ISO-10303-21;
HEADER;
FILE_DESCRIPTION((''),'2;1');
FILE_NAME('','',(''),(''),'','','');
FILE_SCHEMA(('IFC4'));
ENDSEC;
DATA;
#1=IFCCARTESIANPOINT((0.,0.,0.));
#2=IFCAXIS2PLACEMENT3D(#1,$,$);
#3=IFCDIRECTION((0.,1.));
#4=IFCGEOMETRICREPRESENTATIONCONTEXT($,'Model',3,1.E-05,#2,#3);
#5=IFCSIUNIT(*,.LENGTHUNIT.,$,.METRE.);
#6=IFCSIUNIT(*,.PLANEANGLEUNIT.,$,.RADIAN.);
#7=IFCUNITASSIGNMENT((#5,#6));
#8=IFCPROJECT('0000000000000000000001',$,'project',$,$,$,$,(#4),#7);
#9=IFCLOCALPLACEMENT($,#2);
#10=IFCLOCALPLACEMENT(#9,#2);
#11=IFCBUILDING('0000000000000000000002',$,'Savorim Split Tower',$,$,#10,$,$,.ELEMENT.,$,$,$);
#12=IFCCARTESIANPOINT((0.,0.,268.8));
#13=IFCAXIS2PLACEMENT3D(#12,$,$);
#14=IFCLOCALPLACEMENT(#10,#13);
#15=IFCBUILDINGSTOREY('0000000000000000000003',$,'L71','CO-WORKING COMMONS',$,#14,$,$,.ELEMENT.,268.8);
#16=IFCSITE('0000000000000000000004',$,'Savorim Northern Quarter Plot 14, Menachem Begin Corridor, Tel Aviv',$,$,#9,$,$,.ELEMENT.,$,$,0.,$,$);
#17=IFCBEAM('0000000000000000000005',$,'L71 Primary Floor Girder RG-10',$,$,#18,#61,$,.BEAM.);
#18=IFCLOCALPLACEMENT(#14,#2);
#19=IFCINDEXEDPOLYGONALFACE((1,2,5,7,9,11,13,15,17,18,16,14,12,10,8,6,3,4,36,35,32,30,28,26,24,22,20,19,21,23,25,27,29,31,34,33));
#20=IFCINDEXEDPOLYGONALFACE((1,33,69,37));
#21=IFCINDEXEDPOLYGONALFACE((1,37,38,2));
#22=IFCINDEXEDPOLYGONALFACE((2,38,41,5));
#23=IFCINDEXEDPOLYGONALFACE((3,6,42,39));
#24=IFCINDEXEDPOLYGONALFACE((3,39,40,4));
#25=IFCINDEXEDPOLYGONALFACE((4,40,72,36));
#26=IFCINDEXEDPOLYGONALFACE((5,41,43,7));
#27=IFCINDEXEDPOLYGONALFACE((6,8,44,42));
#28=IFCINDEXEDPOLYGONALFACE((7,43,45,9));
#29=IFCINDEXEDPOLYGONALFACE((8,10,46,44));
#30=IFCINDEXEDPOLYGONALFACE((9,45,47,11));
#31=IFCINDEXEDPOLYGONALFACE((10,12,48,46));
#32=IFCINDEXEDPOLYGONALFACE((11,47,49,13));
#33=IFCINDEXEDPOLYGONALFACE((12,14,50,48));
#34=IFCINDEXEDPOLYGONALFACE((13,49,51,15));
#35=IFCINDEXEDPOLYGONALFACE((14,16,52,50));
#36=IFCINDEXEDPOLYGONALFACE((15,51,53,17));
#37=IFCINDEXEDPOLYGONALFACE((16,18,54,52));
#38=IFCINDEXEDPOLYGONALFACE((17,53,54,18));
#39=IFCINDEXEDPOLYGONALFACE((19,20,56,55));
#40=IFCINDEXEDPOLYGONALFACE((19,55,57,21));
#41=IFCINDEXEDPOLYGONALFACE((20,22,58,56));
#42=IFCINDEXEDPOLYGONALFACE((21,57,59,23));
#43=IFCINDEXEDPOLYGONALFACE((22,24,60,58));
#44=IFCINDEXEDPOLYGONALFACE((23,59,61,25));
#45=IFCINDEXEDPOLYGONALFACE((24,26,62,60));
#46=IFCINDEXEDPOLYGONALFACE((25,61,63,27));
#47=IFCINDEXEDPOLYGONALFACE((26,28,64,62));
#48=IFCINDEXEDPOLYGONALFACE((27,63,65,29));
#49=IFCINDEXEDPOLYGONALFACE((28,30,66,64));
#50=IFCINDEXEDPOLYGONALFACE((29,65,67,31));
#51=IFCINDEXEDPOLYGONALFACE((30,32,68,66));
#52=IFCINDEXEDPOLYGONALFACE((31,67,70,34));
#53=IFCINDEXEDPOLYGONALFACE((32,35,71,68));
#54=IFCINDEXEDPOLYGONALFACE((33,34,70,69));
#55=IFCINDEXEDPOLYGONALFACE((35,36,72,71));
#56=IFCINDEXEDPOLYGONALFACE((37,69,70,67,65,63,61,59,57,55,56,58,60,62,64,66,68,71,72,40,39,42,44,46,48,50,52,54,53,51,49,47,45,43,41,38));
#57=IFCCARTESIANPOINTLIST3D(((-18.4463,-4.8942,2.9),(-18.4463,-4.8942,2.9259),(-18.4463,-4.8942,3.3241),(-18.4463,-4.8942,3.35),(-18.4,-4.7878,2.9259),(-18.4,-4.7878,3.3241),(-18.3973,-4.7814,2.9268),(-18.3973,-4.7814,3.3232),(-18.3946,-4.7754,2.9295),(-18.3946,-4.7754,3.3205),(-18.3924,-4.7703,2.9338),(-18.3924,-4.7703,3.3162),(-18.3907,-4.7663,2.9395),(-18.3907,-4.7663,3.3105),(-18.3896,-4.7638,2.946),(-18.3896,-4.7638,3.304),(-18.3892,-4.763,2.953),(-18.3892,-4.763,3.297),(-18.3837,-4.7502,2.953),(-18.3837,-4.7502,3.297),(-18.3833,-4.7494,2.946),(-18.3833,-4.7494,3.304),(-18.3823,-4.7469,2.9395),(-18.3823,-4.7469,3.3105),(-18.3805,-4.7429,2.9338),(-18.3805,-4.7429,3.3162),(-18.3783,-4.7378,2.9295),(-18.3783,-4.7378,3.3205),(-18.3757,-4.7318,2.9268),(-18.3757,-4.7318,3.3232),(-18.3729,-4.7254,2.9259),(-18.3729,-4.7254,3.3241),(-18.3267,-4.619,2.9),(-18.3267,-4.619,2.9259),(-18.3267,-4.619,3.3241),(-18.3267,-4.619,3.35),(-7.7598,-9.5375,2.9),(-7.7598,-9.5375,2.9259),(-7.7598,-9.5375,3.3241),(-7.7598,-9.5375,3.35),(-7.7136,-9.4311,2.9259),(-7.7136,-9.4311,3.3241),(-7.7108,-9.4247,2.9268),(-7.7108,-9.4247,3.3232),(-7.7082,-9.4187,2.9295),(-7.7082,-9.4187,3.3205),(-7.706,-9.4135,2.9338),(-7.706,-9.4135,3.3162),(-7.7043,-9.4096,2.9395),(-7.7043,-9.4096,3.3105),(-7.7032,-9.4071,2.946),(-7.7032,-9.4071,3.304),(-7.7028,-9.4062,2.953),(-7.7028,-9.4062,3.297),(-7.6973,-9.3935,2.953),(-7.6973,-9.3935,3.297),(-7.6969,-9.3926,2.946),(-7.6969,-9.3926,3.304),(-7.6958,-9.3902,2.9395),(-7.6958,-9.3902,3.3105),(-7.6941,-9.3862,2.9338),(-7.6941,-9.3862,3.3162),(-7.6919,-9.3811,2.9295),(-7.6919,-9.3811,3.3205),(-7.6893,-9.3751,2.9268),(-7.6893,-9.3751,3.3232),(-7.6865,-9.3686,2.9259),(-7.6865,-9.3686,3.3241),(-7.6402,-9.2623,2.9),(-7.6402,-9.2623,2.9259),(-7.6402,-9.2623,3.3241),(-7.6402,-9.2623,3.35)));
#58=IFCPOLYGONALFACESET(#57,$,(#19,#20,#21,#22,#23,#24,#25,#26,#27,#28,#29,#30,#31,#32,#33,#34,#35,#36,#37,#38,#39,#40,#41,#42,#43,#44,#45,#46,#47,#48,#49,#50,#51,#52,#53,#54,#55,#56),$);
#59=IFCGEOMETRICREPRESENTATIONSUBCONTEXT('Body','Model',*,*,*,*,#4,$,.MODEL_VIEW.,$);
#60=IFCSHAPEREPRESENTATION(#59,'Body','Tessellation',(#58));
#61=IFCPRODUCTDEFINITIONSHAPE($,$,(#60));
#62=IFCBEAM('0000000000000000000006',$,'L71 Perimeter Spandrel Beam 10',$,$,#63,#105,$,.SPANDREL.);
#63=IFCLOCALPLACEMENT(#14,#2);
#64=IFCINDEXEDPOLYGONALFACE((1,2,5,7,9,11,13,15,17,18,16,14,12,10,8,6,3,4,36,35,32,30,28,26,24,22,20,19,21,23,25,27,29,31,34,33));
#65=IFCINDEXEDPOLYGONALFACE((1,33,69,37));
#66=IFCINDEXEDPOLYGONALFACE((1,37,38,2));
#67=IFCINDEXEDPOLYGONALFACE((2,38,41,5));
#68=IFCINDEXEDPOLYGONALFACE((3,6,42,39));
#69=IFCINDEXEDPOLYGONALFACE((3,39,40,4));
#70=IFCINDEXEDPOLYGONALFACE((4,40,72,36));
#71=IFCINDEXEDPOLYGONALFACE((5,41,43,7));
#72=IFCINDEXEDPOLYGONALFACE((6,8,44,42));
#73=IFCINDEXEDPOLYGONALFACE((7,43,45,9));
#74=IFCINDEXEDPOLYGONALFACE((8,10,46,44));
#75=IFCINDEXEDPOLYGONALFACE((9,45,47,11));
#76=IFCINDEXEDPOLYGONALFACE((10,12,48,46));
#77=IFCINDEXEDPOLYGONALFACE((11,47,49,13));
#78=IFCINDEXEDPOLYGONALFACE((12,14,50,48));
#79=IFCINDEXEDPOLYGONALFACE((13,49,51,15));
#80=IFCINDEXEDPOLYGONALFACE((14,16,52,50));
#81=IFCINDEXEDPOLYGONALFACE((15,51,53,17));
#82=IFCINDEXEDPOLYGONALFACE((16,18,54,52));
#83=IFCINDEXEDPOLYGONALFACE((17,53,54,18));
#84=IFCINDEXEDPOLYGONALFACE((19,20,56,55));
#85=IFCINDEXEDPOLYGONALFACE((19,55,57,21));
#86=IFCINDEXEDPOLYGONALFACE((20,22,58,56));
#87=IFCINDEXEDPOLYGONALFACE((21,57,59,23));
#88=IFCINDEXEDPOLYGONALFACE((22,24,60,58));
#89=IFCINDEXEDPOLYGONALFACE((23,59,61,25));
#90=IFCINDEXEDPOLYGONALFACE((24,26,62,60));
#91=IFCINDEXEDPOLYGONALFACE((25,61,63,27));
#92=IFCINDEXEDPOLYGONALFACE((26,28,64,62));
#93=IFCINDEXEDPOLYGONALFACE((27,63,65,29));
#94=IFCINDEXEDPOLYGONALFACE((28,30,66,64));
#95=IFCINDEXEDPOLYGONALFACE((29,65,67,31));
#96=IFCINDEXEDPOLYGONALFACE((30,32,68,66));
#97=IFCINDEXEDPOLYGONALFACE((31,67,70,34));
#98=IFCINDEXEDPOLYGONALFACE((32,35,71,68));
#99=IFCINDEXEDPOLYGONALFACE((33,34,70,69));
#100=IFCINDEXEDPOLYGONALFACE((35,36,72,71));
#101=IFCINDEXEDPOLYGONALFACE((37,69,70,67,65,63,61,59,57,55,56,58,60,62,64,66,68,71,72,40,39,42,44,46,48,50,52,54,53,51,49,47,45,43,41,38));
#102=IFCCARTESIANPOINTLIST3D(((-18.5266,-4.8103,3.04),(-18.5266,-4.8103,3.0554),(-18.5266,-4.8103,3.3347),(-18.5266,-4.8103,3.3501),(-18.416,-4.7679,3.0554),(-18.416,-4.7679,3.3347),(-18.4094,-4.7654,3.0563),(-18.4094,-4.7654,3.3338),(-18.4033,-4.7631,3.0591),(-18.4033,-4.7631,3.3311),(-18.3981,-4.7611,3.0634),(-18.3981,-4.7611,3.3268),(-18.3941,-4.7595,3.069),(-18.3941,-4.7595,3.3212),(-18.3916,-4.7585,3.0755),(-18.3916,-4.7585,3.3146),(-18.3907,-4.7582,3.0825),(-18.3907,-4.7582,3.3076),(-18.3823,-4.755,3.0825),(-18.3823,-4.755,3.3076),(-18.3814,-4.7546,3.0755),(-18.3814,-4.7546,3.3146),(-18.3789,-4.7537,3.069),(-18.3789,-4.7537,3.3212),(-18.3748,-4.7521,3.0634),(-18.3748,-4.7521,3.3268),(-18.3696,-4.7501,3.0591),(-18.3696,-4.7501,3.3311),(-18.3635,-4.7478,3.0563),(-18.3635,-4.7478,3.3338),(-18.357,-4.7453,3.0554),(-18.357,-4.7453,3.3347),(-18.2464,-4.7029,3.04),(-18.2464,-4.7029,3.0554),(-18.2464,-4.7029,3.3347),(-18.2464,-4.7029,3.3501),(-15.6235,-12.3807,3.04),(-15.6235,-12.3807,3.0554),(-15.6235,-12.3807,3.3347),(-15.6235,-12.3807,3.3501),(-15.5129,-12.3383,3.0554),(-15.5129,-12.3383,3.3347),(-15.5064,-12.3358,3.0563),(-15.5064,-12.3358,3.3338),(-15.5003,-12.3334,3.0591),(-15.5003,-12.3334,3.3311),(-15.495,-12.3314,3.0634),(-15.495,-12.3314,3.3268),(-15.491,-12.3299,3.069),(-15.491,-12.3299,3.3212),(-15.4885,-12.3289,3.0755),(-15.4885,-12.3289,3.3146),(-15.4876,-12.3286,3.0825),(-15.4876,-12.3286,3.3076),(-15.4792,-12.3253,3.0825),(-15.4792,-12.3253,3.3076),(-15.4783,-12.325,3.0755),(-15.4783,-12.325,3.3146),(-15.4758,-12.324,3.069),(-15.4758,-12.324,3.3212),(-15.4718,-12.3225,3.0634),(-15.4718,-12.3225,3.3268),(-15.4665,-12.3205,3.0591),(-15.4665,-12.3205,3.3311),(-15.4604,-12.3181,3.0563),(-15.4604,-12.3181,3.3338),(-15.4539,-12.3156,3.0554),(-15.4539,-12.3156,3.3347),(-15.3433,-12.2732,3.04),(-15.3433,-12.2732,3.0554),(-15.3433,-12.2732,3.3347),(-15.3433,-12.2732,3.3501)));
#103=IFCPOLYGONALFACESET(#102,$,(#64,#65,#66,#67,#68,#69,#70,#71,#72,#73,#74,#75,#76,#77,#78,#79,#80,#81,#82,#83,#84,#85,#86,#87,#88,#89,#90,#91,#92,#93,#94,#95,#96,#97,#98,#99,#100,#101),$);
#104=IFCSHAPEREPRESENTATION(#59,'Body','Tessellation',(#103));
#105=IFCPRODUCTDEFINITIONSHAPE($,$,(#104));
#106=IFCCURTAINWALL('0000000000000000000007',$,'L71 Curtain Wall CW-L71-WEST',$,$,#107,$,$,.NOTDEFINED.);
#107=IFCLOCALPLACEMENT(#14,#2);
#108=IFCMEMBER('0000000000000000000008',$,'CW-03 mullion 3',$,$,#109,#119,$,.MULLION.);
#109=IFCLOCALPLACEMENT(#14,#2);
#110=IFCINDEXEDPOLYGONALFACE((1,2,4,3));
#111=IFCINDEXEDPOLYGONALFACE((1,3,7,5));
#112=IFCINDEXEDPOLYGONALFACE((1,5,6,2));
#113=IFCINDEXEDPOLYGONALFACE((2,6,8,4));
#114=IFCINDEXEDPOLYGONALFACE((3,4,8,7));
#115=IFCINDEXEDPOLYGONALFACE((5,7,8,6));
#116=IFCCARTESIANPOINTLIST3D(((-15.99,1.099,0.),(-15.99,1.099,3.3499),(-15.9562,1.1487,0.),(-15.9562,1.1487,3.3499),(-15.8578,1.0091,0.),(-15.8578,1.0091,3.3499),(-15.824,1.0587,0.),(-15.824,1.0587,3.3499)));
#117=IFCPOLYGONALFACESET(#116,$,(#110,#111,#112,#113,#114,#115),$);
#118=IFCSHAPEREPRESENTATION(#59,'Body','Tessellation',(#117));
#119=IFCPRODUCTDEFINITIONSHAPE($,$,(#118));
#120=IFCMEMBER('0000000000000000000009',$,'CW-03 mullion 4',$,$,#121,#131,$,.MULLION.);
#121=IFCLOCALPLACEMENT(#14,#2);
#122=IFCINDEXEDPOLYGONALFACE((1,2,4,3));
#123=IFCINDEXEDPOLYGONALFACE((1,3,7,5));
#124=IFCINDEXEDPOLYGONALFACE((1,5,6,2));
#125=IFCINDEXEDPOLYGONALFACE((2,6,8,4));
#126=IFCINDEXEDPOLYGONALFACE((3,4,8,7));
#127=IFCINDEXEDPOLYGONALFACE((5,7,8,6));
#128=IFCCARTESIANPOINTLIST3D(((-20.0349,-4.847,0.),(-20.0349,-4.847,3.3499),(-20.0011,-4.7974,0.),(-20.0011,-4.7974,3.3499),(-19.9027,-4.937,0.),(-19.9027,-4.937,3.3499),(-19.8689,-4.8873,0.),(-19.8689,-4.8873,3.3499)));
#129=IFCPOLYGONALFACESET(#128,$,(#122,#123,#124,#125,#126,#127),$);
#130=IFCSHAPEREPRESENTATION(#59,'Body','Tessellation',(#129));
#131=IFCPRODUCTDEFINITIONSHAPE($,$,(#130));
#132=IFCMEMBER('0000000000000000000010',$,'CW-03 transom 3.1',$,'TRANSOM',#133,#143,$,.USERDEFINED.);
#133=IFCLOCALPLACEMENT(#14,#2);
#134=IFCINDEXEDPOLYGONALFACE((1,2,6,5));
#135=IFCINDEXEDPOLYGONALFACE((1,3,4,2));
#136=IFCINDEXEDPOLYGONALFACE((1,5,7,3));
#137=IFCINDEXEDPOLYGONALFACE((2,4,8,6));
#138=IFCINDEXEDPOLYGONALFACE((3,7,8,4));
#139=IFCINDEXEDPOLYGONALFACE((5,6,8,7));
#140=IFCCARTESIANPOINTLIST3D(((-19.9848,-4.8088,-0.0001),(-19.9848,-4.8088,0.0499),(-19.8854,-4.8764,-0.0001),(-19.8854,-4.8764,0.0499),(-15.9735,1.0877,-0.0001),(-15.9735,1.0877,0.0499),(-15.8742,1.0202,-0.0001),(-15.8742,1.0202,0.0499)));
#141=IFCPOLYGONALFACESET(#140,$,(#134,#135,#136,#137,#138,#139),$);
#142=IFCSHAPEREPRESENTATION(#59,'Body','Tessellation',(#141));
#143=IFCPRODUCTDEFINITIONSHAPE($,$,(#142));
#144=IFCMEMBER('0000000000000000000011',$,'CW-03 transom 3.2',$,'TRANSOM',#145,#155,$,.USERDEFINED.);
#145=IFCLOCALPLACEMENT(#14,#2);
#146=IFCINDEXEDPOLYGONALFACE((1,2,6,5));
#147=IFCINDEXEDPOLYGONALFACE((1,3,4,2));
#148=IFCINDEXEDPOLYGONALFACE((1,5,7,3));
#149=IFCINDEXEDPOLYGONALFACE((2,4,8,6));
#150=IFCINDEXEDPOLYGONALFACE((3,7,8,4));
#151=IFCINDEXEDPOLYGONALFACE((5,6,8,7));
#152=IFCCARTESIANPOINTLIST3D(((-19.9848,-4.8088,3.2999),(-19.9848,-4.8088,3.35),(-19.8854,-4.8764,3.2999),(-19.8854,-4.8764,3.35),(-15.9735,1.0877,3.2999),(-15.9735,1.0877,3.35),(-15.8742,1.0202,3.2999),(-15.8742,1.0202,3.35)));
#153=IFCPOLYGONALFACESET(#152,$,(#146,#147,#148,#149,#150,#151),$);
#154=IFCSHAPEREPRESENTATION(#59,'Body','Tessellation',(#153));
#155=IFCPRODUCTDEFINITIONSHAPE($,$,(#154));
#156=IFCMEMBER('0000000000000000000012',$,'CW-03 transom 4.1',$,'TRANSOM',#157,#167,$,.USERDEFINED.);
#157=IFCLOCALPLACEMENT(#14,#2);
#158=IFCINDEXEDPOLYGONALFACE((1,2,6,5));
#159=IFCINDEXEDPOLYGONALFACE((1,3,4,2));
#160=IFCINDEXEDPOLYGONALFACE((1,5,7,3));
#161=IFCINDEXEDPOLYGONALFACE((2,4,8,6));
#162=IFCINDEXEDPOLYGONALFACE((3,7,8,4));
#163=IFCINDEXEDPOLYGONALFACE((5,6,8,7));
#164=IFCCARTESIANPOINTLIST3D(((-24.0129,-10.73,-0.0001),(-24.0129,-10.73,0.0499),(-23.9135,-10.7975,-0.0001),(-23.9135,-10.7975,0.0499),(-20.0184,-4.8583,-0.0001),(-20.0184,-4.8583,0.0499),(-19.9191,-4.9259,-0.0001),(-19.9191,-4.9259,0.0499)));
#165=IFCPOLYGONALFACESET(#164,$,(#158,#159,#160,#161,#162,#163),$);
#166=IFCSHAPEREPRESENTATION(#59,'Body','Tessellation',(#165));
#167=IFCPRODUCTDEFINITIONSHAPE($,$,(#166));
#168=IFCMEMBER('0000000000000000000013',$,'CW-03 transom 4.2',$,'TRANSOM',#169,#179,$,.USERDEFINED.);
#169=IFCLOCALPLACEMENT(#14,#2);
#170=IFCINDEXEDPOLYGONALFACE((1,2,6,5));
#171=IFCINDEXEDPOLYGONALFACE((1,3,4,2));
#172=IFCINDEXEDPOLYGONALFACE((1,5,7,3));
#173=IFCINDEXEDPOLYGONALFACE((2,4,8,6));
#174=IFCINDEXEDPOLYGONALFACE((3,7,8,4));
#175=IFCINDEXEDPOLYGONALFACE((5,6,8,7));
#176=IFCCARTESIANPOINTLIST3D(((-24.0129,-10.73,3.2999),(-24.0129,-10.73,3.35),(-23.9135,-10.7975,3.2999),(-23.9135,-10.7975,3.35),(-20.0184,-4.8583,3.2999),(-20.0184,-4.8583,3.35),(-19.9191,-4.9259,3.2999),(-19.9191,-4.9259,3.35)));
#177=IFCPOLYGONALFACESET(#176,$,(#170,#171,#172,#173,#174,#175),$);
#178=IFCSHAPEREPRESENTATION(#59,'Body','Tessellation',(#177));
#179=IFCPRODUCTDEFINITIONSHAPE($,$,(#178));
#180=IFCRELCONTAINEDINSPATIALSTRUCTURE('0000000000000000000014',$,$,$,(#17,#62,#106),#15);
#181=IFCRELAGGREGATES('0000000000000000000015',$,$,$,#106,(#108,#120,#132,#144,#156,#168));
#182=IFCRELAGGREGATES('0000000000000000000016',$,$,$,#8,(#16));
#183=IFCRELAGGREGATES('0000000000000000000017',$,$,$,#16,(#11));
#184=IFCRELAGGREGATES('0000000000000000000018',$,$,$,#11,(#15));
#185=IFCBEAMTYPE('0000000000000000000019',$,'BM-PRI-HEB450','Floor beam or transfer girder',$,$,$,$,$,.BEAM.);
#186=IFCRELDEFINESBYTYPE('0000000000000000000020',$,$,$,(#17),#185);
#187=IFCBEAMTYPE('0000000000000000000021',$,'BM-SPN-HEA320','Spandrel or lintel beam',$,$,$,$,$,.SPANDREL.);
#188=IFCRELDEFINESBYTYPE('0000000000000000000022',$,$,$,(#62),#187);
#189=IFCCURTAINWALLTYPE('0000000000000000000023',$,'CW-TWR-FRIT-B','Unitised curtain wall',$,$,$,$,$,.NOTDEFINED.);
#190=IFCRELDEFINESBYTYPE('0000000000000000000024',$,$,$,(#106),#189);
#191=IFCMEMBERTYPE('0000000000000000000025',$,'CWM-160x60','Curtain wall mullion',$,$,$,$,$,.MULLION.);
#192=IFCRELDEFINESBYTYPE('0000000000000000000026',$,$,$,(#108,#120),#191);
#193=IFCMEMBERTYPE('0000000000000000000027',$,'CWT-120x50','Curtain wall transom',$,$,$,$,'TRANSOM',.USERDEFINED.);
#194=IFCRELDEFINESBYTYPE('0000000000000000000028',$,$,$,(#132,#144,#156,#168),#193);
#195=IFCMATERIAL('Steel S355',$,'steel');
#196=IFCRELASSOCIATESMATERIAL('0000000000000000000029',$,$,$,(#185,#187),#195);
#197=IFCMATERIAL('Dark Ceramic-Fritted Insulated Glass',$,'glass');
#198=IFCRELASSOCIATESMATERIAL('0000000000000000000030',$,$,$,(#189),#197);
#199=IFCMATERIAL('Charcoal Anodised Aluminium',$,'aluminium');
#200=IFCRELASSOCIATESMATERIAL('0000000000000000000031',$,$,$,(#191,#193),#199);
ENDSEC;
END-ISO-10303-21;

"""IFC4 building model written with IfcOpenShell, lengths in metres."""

from ifc_helpers import new_model, si_unit, direction, frame, origin, origin_2d, place, context, subcontext, project, spatial, rectangle, i_section, extrude, material, material_profile, profile_set, type_object, element, aggregate, save


model = new_model("IFC4")

# Units and contexts
model_context = context("Model", 3, precision=1e-05, world=origin(), true_north=direction((0.0, 1.0)))
body_context = subcontext(model_context, "Body", "Model", "MODEL_VIEW")
ifc_project = project(units=[si_unit("LENGTHUNIT", "METRE"), si_unit("PLANEANGLEUNIT", "RADIAN")], contexts=[model_context])

# Site, building, storey
site_placement = place(None, origin())
site = spatial("IfcSite", under=ifc_project, at=site_placement, Name="Savorim Northern Quarter Plot 14, Menachem Begin Corridor, Tel Aviv", CompositionType="ELEMENT", RefElevation=0.0)
building_placement = place(site_placement, origin())
building = spatial("IfcBuilding", under=site, at=building_placement, Name="Savorim Split Tower", CompositionType="ELEMENT")
storey_placement = place(building_placement, frame((0.0, 0.0, 268.8)))
storey = spatial("IfcBuildingStorey", under=building, at=storey_placement, Name="L71", Description="CO-WORKING COMMONS", CompositionType="ELEMENT", Elevation=268.8)

# Shared definitions
ifc_material_1 = material(Name="Steel S355", Category="steel")

# Beams
ifc_material_profile_1 = material_profile(ifc_material_1, i_section(OverallWidth=0.3, OverallDepth=0.45, WebThickness=0.0139, FlangeThickness=0.0259, FilletRadius=0.0271, at=origin_2d()), Name="HEB 450")
ifc_profile_set_1 = profile_set([ifc_material_profile_1], Name="Steel S355")
beam_type_1 = type_object("IfcBeamType", Name="BM-PRI-HEB450", Description="Floor beam or transfer girder", PredefinedType="BEAM", material=ifc_profile_set_1)
beam_1_placement = place(storey_placement, frame((-18.3865, -4.7566, 3.125), z_axis=(0.917164, -0.398509, 0.0), x_axis=(0.398509, 0.917164, 0.0)))
element("IfcBeam", 1, at=beam_1_placement, inside=storey, type_object=beam_type_1, Name="L71 Primary Floor Girder RG-10", PredefinedType="BEAM", context=body_context, shape_type="SweptSolid", body=[
    extrude(i_section(OverallWidth=0.3, OverallDepth=0.45, WebThickness=0.0139, FlangeThickness=0.0259, FilletRadius=0.0271, at=origin_2d()), origin(), (0.0, 0.0, 1.0), 11.6516),
])
ifc_material_profile_2 = material_profile(ifc_material_1, i_section(OverallWidth=0.3, OverallDepth=0.3101, WebThickness=0.009, FlangeThickness=0.0154, FilletRadius=0.0271, at=origin_2d()), Name="HEA 320")
ifc_profile_set_2 = profile_set([ifc_material_profile_2], Name="Steel S355")
beam_type_2 = type_object("IfcBeamType", Name="BM-SPN-HEA320", Description="Spandrel or lintel beam", PredefinedType="SPANDREL", material=ifc_profile_set_2)
beam_2_placement = place(storey_placement, frame((-18.3865, -4.7566, 3.1951), z_axis=(0.358057, -0.9337, 0.0), x_axis=(0.9337, 0.358057, 0.0)))
element("IfcBeam", 2, at=beam_2_placement, inside=storey, type_object=beam_type_2, Name="L71 Perimeter Spandrel Beam 10", PredefinedType="SPANDREL", context=body_context, shape_type="SweptSolid", body=[
    extrude(i_section(OverallWidth=0.3, OverallDepth=0.3101, WebThickness=0.009, FlangeThickness=0.0154, FilletRadius=0.0271, at=origin_2d()), origin(), (0.0, 0.0, 1.0), 8.1079),
])

# Curtain wall, members
ifc_material_2 = material(Name="Dark Ceramic-Fritted Insulated Glass", Category="glass")
curtain_wall_type = type_object("IfcCurtainWallType", Name="CW-TWR-FRIT-B", Description="Unitised curtain wall", PredefinedType="NOTDEFINED", material=ifc_material_2)
curtain_wall_placement = place(storey_placement, origin())
curtain_wall = element("IfcCurtainWall", 3, at=curtain_wall_placement, inside=storey, type_object=curtain_wall_type, Name="L71 Curtain Wall CW-L71-WEST", PredefinedType="NOTDEFINED")
ifc_material_3 = material(Name="Charcoal Anodised Aluminium", Category="aluminium")
ifc_material_profile_3 = material_profile(ifc_material_3, rectangle(XDim=0.1599, YDim=0.0601, at=origin_2d()), Name="ALU-M 160x60")
ifc_profile_set_3 = profile_set([ifc_material_profile_3], Name="Charcoal Anodised Aluminium")
member_type_1 = type_object("IfcMemberType", Name="CWM-160x60", Description="Curtain wall mullion", PredefinedType="MULLION", material=ifc_profile_set_3)
member_1_placement = place(storey_placement, frame((-15.907, 1.0789, 0.0), z_axis=(0.0, 0.0, 1.0), x_axis=(0.826817, -0.56247, 0.0)))
member_1 = element("IfcMember", 4, at=member_1_placement, type_object=member_type_1, Name="CW-03 mullion 3", PredefinedType="MULLION", context=body_context, shape_type="SweptSolid", body=[
    extrude(rectangle(XDim=0.1599, YDim=0.0601, at=origin_2d()), origin(), (0.0, 0.0, 1.0), 3.3499),
])
member_2_placement = place(storey_placement, frame((-19.9519, -4.8672, 0.0), z_axis=(0.0, 0.0, 1.0), x_axis=(0.826817, -0.56247, 0.0)))
member_2 = element("IfcMember", 5, at=member_2_placement, type_object=member_type_1, Name="CW-03 mullion 4", PredefinedType="MULLION", context=body_context, shape_type="SweptSolid", body=[
    extrude(rectangle(XDim=0.1599, YDim=0.0601, at=origin_2d()), origin(), (0.0, 0.0, 1.0), 3.3499),
])
ifc_material_profile_4 = material_profile(ifc_material_3, rectangle(XDim=0.1201, YDim=0.05, at=origin_2d()), Name="ALU-T 120x50")
ifc_profile_set_4 = profile_set([ifc_material_profile_4], Name="Charcoal Anodised Aluminium")
member_type_2 = type_object("IfcMemberType", Name="CWT-120x50", Description="Curtain wall transom", ElementType="TRANSOM", PredefinedType="USERDEFINED", material=ifc_profile_set_4)
member_3_placement = place(storey_placement, frame((-15.9238, 1.054, 0.0249), z_axis=(-0.562465, -0.826821, 0.0), x_axis=(0.826821, -0.562465, 0.0)))
member_3 = element("IfcMember", 6, at=member_3_placement, type_object=member_type_2, Name="CW-03 transom 3.1", ObjectType="TRANSOM", PredefinedType="USERDEFINED", context=body_context, shape_type="SweptSolid", body=[
    extrude(rectangle(XDim=0.1201, YDim=0.05, at=origin_2d()), origin(), (0.0, 0.0, 1.0), 7.1316),
])
member_4_placement = place(storey_placement, frame((-15.9238, 1.054, 3.325), z_axis=(-0.562465, -0.826821, 0.0), x_axis=(0.826821, -0.562465, 0.0)))
member_4 = element("IfcMember", 7, at=member_4_placement, type_object=member_type_2, Name="CW-03 transom 3.2", ObjectType="TRANSOM", PredefinedType="USERDEFINED", context=body_context, shape_type="SweptSolid", body=[
    extrude(rectangle(XDim=0.1201, YDim=0.05, at=origin_2d()), origin(), (0.0, 0.0, 1.0), 7.1316),
])
member_5_placement = place(storey_placement, frame((-19.9688, -4.8921, 0.0249), z_axis=(-0.562475, -0.826815, 0.0), x_axis=(0.826815, -0.562475, 0.0)))
member_5 = element("IfcMember", 8, at=member_5_placement, type_object=member_type_2, Name="CW-03 transom 4.1", ObjectType="TRANSOM", PredefinedType="USERDEFINED", context=body_context, shape_type="SweptSolid", body=[
    extrude(rectangle(XDim=0.1201, YDim=0.05, at=origin_2d()), origin(), (0.0, 0.0, 1.0), 7.1016),
])
member_6_placement = place(storey_placement, frame((-19.9688, -4.8921, 3.325), z_axis=(-0.562475, -0.826815, 0.0), x_axis=(0.826815, -0.562475, 0.0)))
member_6 = element("IfcMember", 9, at=member_6_placement, type_object=member_type_2, Name="CW-03 transom 4.2", ObjectType="TRANSOM", PredefinedType="USERDEFINED", context=body_context, shape_type="SweptSolid", body=[
    extrude(rectangle(XDim=0.1201, YDim=0.05, at=origin_2d()), origin(), (0.0, 0.0, 1.0), 7.1016),
])
aggregate(curtain_wall, [member_1, member_2, member_3, member_4, member_5, member_6])

save(model, "model.ifc")
